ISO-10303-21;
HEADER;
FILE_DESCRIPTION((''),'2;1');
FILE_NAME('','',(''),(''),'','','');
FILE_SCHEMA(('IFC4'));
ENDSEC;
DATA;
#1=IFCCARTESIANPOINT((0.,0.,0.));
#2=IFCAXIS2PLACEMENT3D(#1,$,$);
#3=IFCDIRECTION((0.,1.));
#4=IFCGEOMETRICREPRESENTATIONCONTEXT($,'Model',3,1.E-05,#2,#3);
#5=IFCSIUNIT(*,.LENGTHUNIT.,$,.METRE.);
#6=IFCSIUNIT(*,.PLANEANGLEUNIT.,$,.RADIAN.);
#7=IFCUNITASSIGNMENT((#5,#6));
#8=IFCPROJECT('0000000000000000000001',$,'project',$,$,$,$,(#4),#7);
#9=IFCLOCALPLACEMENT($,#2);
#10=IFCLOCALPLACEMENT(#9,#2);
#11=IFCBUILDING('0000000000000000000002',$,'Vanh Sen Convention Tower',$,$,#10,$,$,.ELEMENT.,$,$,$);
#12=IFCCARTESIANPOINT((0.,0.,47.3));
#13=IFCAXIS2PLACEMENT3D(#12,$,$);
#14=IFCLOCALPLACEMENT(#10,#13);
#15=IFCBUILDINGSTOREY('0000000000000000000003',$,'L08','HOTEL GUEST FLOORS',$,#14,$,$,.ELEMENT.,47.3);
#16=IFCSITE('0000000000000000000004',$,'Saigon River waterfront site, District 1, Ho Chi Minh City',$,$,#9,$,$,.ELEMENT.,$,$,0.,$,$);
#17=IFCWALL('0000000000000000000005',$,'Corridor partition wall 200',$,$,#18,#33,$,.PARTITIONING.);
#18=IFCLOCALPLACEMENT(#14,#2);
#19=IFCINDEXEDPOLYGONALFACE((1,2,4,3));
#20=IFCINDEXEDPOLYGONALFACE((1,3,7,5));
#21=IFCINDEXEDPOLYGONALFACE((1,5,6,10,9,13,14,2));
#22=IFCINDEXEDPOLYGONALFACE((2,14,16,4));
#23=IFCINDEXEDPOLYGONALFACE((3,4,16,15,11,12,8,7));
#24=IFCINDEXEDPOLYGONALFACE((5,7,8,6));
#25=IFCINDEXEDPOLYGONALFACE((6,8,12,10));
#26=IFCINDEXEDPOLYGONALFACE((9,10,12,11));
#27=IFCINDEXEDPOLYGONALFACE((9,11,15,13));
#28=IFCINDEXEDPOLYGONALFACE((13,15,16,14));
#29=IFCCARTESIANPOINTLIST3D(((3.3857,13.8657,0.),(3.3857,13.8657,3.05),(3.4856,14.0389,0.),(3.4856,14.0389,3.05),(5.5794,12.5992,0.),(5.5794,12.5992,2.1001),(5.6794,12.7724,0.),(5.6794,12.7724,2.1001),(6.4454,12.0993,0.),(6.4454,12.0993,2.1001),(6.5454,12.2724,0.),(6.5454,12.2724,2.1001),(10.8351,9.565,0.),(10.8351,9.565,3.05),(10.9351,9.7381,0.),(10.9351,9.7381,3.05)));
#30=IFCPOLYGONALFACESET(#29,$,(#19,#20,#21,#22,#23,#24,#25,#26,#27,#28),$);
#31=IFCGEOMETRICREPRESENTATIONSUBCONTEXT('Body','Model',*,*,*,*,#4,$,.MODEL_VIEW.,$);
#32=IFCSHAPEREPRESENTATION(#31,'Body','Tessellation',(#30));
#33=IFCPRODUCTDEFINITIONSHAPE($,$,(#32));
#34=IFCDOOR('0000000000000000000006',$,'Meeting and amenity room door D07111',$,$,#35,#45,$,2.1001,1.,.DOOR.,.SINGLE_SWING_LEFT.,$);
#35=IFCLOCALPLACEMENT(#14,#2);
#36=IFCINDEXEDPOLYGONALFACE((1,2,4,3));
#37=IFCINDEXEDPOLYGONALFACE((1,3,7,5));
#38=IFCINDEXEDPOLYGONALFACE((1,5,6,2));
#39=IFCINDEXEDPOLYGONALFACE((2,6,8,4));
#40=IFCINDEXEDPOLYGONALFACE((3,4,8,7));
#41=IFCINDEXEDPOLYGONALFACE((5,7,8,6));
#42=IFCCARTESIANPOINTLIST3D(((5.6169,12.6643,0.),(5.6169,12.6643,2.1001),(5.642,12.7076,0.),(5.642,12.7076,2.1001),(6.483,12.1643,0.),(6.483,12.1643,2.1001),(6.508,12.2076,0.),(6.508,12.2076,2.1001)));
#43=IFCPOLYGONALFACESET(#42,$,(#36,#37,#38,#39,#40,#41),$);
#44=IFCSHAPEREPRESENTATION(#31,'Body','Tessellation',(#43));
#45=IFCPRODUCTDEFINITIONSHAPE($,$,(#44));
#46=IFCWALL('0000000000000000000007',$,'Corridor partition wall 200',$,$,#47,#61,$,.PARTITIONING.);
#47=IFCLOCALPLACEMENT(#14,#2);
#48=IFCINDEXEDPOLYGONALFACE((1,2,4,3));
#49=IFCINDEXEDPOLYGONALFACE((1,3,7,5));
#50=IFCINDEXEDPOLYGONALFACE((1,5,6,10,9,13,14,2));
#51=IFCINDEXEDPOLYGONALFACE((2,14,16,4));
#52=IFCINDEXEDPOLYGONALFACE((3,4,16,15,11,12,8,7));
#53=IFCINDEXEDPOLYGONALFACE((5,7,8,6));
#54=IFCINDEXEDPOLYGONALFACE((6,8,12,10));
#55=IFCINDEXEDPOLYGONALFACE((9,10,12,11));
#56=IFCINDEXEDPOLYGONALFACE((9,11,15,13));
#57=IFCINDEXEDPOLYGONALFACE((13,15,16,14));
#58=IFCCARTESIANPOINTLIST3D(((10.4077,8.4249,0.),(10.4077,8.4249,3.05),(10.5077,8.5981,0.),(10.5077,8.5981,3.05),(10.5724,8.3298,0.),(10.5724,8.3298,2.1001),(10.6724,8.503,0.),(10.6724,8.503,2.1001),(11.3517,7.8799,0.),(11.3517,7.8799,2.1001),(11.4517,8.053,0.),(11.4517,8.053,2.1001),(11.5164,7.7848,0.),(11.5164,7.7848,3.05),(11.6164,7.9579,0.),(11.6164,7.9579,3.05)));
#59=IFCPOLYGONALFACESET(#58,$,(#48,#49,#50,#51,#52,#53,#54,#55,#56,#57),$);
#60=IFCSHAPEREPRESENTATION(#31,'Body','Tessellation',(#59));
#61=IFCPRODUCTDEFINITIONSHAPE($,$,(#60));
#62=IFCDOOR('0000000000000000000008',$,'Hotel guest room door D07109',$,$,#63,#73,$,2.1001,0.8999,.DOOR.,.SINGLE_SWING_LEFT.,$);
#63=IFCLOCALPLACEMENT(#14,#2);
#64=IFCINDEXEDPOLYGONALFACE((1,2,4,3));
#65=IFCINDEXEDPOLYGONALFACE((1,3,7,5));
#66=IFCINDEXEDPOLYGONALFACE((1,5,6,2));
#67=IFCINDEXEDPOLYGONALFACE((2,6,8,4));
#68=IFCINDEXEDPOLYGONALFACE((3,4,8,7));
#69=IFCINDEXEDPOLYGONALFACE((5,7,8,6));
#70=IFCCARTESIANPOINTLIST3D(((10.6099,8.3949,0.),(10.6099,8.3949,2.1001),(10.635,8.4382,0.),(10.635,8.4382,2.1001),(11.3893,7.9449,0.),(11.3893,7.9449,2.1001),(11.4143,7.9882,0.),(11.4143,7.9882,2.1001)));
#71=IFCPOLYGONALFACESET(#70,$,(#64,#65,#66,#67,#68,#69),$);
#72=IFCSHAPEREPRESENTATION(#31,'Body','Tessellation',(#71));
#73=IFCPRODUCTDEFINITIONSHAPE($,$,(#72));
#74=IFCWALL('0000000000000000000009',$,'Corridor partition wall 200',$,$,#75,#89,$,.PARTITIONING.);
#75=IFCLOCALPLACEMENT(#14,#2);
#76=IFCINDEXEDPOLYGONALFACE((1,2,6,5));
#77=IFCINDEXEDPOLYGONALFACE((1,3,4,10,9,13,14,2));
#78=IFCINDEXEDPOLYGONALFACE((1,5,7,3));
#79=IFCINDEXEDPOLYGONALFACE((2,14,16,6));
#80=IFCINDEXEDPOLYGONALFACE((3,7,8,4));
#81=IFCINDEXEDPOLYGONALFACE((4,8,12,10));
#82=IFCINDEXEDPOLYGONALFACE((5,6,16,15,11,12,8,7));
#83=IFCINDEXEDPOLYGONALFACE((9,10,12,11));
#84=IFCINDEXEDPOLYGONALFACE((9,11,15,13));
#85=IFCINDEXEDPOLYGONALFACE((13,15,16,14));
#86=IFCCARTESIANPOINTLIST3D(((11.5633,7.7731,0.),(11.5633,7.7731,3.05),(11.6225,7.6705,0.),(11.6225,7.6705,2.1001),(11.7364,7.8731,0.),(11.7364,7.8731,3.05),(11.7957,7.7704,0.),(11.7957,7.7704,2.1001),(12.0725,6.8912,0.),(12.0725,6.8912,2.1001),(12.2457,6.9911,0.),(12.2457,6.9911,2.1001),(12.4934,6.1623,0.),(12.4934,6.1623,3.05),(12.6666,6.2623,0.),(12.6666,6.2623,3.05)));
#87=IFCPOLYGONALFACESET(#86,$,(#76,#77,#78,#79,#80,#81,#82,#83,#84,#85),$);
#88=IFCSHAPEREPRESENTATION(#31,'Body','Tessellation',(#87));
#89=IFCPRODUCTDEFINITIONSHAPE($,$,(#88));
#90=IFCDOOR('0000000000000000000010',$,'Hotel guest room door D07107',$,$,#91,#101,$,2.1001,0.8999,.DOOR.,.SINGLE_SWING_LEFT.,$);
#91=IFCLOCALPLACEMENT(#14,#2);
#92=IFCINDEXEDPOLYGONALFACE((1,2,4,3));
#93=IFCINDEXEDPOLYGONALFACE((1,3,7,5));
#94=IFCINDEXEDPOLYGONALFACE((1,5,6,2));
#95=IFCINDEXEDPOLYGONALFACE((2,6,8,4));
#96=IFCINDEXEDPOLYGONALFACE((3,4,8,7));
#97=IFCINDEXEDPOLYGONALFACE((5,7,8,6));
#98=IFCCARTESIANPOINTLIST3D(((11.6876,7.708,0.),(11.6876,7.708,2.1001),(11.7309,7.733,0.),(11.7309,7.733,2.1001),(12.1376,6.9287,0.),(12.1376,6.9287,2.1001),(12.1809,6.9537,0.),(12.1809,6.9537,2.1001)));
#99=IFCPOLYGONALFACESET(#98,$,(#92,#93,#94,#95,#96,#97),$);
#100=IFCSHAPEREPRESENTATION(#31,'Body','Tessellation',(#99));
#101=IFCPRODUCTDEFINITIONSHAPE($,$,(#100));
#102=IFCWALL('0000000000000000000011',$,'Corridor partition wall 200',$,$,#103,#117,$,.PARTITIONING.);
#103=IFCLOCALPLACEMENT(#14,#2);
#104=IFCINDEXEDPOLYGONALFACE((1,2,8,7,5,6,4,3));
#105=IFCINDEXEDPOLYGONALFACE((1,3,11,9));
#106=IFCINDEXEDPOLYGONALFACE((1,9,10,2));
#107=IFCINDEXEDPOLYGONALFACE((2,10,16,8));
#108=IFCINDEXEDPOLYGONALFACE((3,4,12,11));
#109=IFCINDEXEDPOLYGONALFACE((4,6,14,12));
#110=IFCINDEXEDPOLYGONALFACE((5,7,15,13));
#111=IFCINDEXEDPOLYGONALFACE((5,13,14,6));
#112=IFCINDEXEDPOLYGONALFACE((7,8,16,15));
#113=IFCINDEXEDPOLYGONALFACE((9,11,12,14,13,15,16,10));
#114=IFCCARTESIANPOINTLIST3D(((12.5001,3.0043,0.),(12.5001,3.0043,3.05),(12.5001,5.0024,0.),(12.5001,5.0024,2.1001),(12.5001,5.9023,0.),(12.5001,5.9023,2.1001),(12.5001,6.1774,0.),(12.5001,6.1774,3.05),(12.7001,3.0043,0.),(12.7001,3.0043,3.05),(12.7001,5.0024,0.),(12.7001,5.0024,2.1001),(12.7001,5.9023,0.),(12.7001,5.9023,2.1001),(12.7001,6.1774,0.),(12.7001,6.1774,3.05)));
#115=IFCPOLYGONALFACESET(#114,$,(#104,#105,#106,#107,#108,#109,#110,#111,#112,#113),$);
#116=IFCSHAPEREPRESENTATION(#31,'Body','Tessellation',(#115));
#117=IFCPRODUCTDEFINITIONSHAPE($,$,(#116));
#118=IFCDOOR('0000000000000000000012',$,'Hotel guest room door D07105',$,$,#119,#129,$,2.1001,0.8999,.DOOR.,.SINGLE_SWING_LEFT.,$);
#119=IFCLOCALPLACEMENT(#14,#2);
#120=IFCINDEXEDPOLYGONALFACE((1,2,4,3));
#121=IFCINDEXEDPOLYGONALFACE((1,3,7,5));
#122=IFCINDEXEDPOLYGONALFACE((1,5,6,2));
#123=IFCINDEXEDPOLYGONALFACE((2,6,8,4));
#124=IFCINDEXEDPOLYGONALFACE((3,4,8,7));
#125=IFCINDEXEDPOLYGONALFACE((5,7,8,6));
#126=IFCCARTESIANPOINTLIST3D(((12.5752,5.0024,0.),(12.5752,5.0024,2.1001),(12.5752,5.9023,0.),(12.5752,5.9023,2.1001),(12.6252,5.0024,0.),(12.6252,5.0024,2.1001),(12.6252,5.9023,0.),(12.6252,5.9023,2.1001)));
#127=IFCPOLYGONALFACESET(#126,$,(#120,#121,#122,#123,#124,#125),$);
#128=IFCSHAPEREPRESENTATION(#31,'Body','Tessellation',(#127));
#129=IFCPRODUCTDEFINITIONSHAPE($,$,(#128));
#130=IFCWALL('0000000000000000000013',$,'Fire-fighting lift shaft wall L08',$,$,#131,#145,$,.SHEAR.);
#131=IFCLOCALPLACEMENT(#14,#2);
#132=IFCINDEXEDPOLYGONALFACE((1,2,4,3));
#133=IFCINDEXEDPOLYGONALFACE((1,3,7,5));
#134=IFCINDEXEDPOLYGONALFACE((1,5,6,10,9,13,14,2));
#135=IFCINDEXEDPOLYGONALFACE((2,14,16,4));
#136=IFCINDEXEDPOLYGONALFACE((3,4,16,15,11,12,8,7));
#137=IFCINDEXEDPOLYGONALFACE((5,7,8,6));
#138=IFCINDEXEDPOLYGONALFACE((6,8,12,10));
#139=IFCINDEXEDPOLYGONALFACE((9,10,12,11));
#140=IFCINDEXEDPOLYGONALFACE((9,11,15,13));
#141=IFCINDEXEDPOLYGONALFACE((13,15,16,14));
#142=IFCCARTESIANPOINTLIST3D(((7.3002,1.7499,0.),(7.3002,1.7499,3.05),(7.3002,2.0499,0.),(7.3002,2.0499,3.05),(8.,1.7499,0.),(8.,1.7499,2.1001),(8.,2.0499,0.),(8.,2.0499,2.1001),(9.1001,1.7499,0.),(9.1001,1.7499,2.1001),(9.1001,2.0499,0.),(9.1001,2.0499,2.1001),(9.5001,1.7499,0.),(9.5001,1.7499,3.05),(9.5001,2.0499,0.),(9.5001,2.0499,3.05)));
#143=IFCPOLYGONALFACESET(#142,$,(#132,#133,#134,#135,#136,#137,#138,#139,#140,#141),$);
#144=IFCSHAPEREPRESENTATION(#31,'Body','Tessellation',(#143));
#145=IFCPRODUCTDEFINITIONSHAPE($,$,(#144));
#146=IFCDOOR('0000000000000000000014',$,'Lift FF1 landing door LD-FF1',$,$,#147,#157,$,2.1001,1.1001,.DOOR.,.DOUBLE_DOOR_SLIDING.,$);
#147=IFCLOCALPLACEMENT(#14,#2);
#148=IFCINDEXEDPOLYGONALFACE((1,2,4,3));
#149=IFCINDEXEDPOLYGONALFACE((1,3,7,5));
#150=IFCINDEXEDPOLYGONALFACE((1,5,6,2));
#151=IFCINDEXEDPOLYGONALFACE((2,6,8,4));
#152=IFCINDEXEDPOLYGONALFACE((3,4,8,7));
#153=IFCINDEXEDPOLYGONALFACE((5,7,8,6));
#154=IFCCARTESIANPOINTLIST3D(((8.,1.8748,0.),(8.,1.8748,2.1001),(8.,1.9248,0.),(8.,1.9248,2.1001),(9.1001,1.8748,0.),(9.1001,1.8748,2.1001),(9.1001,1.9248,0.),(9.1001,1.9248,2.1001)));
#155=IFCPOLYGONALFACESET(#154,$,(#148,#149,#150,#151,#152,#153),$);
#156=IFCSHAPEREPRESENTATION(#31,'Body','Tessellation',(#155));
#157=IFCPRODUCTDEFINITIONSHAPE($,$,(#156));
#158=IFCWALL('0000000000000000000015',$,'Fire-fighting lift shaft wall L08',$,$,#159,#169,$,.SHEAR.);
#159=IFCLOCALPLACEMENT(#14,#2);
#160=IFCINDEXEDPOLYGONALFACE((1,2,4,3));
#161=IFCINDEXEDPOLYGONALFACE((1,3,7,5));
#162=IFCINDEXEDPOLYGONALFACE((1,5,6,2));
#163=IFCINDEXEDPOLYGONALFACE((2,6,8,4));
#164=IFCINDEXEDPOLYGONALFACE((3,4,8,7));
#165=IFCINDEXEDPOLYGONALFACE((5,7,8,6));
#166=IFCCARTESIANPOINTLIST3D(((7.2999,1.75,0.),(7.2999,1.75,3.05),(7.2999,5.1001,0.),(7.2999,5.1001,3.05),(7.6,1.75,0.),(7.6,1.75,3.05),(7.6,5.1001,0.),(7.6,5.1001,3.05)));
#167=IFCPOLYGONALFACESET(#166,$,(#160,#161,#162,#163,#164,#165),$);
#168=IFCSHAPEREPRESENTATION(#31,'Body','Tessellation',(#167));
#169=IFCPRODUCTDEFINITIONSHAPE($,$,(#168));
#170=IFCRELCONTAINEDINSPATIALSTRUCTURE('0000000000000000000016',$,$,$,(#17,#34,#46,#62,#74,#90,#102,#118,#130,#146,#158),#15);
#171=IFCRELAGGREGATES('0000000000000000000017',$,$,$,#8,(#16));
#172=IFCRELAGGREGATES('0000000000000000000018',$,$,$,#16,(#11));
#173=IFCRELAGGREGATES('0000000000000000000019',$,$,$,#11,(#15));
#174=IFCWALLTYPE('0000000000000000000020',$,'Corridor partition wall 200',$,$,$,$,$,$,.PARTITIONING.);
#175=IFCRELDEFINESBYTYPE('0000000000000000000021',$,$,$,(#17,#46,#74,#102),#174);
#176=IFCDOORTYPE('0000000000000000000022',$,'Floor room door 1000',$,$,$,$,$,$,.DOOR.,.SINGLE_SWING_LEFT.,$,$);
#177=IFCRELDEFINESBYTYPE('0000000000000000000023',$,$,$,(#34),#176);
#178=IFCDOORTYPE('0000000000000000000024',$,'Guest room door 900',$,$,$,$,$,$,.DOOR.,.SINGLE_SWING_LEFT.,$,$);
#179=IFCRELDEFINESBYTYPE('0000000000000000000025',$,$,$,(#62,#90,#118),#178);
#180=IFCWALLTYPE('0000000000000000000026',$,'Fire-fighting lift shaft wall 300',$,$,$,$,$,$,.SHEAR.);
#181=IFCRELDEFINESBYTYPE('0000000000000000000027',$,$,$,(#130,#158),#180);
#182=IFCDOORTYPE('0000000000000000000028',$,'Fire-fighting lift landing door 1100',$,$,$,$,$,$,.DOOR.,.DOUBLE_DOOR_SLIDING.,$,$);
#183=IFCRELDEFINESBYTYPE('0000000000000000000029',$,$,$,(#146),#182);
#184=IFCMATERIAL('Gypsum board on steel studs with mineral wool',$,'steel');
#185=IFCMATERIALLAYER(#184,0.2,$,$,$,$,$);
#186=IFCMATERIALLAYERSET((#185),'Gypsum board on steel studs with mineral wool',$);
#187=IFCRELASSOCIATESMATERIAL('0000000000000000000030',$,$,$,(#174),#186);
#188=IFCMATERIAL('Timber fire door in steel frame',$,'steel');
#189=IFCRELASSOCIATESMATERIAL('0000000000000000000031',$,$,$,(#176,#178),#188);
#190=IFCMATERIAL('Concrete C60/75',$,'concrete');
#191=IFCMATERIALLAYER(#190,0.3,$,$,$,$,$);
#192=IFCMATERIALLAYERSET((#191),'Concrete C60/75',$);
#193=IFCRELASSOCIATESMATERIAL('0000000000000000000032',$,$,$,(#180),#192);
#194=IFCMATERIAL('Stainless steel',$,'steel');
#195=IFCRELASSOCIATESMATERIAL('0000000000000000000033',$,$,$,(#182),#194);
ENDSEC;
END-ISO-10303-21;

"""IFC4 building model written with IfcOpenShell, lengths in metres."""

from ifc_helpers import new_model, si_unit, direction, frame, frame_2d, origin, place, context, subcontext, project, spatial, rectangle, extrude, material, layer, layer_set, type_object, element, fill, save


model = new_model("IFC4")

# Units and contexts
model_context = context("Model", 3, precision=1e-05, world=origin(), true_north=direction((0.0, 1.0)))
body_context = subcontext(model_context, "Body", "Model", "MODEL_VIEW")
ifc_project = project(units=[si_unit("LENGTHUNIT", "METRE"), si_unit("PLANEANGLEUNIT", "RADIAN")], contexts=[model_context])

# Site, building, storey
site_placement = place(None, origin())
site = spatial("IfcSite", under=ifc_project, at=site_placement, Name="Saigon River waterfront site, District 1, Ho Chi Minh City", CompositionType="ELEMENT", RefElevation=0.0)
building_placement = place(site_placement, origin())
building = spatial("IfcBuilding", under=site, at=building_placement, Name="Vanh Sen Convention Tower", CompositionType="ELEMENT")
storey_placement = place(building_placement, frame((0.0, 0.0, 47.3)))
storey = spatial("IfcBuildingStorey", under=building, at=storey_placement, Name="L08", Description="HOTEL GUEST FLOORS", CompositionType="ELEMENT", Elevation=47.3)

# Shared definitions
ifc_material_1 = material(Name="Stainless steel", Category="steel")

# Shared definitions
ifc_material_2 = material(Name="Gypsum board on steel studs with mineral wool", Category="steel")
ifc_layer_1 = layer(ifc_material_2, 0.2)
ifc_layer_set_1 = layer_set([ifc_layer_1], Name="Gypsum board on steel studs with mineral wool")
wall_type_1 = type_object("IfcWallType", Name="Corridor partition wall 200", PredefinedType="PARTITIONING", material=ifc_layer_set_1)

# Walls, openings, doors
wall_1_placement = place(storey_placement, frame((10.885, 9.6516, 0.0), z_axis=(0.0, 0.0, 1.0), x_axis=(-0.866034, 0.499985, 0.0)))
wall_1 = element("IfcWall", 1, at=wall_1_placement, inside=storey, type_object=wall_type_1, Name="Corridor partition wall 200", PredefinedType="PARTITIONING", context=body_context, shape_type="SweptSolid", body=[
    extrude(rectangle(XDim=8.6018, YDim=0.2, at=frame_2d((4.3008, 0.0))), origin(), (0.0, 0.0, 1.0), 3.05),
])
opening_1_placement = place(wall_1_placement, frame((5.0686, 0.0, 0.0)))
opening_1 = element("IfcOpeningElement", 2, at=opening_1_placement, cuts=wall_1, PredefinedType="OPENING", context=body_context, shape_type="SweptSolid", body=[
    extrude(rectangle(XDim=1.0, YDim=2.1001, at=frame_2d((0.5, 1.05))), frame((0.0, 0.1099, 0.0), z_axis=(0.0, -1.0, 0.0), x_axis=(1.0, 0.0, 0.0)), (0.0, 0.0, 1.0), 0.22),
])
ifc_material_3 = material(Name="Timber fire door in steel frame", Category="steel")
door_type_1 = type_object("IfcDoorType", Name="Floor room door 1000", OperationType="SINGLE_SWING_LEFT", PredefinedType="DOOR", material=ifc_material_3)
door_1_placement = place(opening_1_placement, origin())
door_1 = element("IfcDoor", 3, at=door_1_placement, inside=storey, type_object=door_type_1, Name="Meeting and amenity room door D07111", OperationType="SINGLE_SWING_LEFT", OverallHeight=2.1001, OverallWidth=1.0, PredefinedType="DOOR", context=body_context, shape_type="SweptSolid", body=[
    extrude(rectangle(XDim=1.0, YDim=2.1001, at=frame_2d((0.5, 1.05))), frame((0.0, 0.0249, 0.0), z_axis=(0.0, -1.0, 0.0), x_axis=(1.0, 0.0, 0.0)), (0.0, 0.0, 1.0), 0.05),
])
fill(opening_1, door_1)
wall_2_placement = place(storey_placement, frame((11.5664, 7.8713, 0.0), z_axis=(0.0, 0.0, 1.0), x_axis=(-0.866005, 0.500036, 0.0)))
wall_2 = element("IfcWall", 4, at=wall_2_placement, inside=storey, type_object=wall_type_1, Name="Corridor partition wall 200", PredefinedType="PARTITIONING", context=body_context, shape_type="SweptSolid", body=[
    extrude(rectangle(XDim=1.2803, YDim=0.2, at=frame_2d((0.6401, 0.0))), origin(), (0.0, 0.0, 1.0), 3.05),
])
opening_2_placement = place(wall_2_placement, frame((0.1902, 0.0, 0.0)))
opening_2 = element("IfcOpeningElement", 5, at=opening_2_placement, cuts=wall_2, PredefinedType="OPENING", context=body_context, shape_type="SweptSolid", body=[
    extrude(rectangle(XDim=0.8999, YDim=2.1001, at=frame_2d((0.45, 1.05))), frame((0.0, 0.1099, 0.0), z_axis=(0.0, -1.0, 0.0), x_axis=(1.0, 0.0, 0.0)), (0.0, 0.0, 1.0), 0.22),
])
door_type_2 = type_object("IfcDoorType", Name="Guest room door 900", OperationType="SINGLE_SWING_LEFT", PredefinedType="DOOR", material=ifc_material_3)
door_2_placement = place(opening_2_placement, origin())
door_2 = element("IfcDoor", 6, at=door_2_placement, inside=storey, type_object=door_type_2, Name="Hotel guest room door D07109", OperationType="SINGLE_SWING_LEFT", OverallHeight=2.1001, OverallWidth=0.8999, PredefinedType="DOOR", context=body_context, shape_type="SweptSolid", body=[
    extrude(rectangle(XDim=0.8999, YDim=2.1001, at=frame_2d((0.45, 1.05))), frame((0.0, 0.0249, 0.0), z_axis=(0.0, -1.0, 0.0), x_axis=(1.0, 0.0, 0.0)), (0.0, 0.0, 1.0), 0.05),
])
fill(opening_2, door_2)
wall_3_placement = place(storey_placement, frame((12.5801, 6.2122, 0.0), z_axis=(0.0, 0.0, 1.0), x_axis=(-0.500063, 0.865989, 0.0)))
wall_3 = element("IfcWall", 7, at=wall_3_placement, inside=storey, type_object=wall_type_1, Name="Corridor partition wall 200", PredefinedType="PARTITIONING", context=body_context, shape_type="SweptSolid", body=[
    extrude(rectangle(XDim=1.8601, YDim=0.2, at=frame_2d((0.9302, 0.0))), origin(), (0.0, 0.0, 1.0), 3.05),
])
opening_3_placement = place(wall_3_placement, frame((0.8418, 0.0, 0.0)))
opening_3 = element("IfcOpeningElement", 8, at=opening_3_placement, cuts=wall_3, PredefinedType="OPENING", context=body_context, shape_type="SweptSolid", body=[
    extrude(rectangle(XDim=0.8999, YDim=2.1001, at=frame_2d((0.45, 1.05))), frame((0.0, 0.1099, 0.0), z_axis=(0.0, -1.0, 0.0), x_axis=(1.0, 0.0, 0.0)), (0.0, 0.0, 1.0), 0.22),
])
door_3_placement = place(opening_3_placement, origin())
door_3 = element("IfcDoor", 9, at=door_3_placement, inside=storey, type_object=door_type_2, Name="Hotel guest room door D07107", OperationType="SINGLE_SWING_LEFT", OverallHeight=2.1001, OverallWidth=0.8999, PredefinedType="DOOR", context=body_context, shape_type="SweptSolid", body=[
    extrude(rectangle(XDim=0.8999, YDim=2.1001, at=frame_2d((0.45, 1.05))), frame((0.0, 0.0249, 0.0), z_axis=(0.0, -1.0, 0.0), x_axis=(1.0, 0.0, 0.0)), (0.0, 0.0, 1.0), 0.05),
])
fill(opening_3, door_3)
wall_4_placement = place(storey_placement, frame((12.6001, 3.0044, 0.0), z_axis=(0.0, 0.0, 1.0), x_axis=(0.0, 1.0, 0.0)))
wall_4 = element("IfcWall", 10, at=wall_4_placement, inside=storey, type_object=wall_type_1, Name="Corridor partition wall 200", PredefinedType="PARTITIONING", context=body_context, shape_type="SweptSolid", body=[
    extrude(rectangle(XDim=3.1731, YDim=0.2, at=frame_2d((1.5864, 0.0))), origin(), (0.0, 0.0, 1.0), 3.05),
])
opening_4_placement = place(wall_4_placement, frame((1.998, 0.0, 0.0)))
opening_4 = element("IfcOpeningElement", 11, at=opening_4_placement, cuts=wall_4, PredefinedType="OPENING", context=body_context, shape_type="SweptSolid", body=[
    extrude(rectangle(XDim=0.8999, YDim=2.1001, at=frame_2d((0.45, 1.05))), frame((0.0, 0.1099, 0.0), z_axis=(0.0, -1.0, 0.0), x_axis=(1.0, 0.0, 0.0)), (0.0, 0.0, 1.0), 0.22),
])
door_4_placement = place(opening_4_placement, origin())
door_4 = element("IfcDoor", 12, at=door_4_placement, inside=storey, type_object=door_type_2, Name="Hotel guest room door D07105", OperationType="SINGLE_SWING_LEFT", OverallHeight=2.1001, OverallWidth=0.8999, PredefinedType="DOOR", context=body_context, shape_type="SweptSolid", body=[
    extrude(rectangle(XDim=0.8999, YDim=2.1001, at=frame_2d((0.45, 1.05))), frame((0.0, 0.0249, 0.0), z_axis=(0.0, -1.0, 0.0), x_axis=(1.0, 0.0, 0.0)), (0.0, 0.0, 1.0), 0.05),
])
fill(opening_4, door_4)
ifc_material_4 = material(Name="Concrete C60/75", Category="concrete")
ifc_layer_2 = layer(ifc_material_4, 0.3)
ifc_layer_set_2 = layer_set([ifc_layer_2], Name="Concrete C60/75")
wall_type_2 = type_object("IfcWallType", Name="Fire-fighting lift shaft wall 300", PredefinedType="SHEAR", material=ifc_layer_set_2)
wall_5_placement = place(storey_placement, frame((7.3, 1.8999, 0.0), z_axis=(0.0, 0.0, 1.0), x_axis=(1.0, 0.0, 0.0)))
wall_5 = element("IfcWall", 13, at=wall_5_placement, inside=storey, type_object=wall_type_2, Name="Fire-fighting lift shaft wall L08", PredefinedType="SHEAR", context=body_context, shape_type="SweptSolid", body=[
    extrude(rectangle(XDim=2.2, YDim=0.3, at=frame_2d((1.1001, 0.0))), origin(), (0.0, 0.0, 1.0), 3.05),
])
opening_5_placement = place(wall_5_placement, frame((0.7, 0.0, 0.0)))
opening_5 = element("IfcOpeningElement", 14, at=opening_5_placement, cuts=wall_5, PredefinedType="OPENING", context=body_context, shape_type="SweptSolid", body=[
    extrude(rectangle(XDim=1.1001, YDim=2.1001, at=frame_2d((0.55, 1.05))), frame((0.0, 0.1599, 0.0), z_axis=(0.0, -1.0, 0.0), x_axis=(1.0, 0.0, 0.0)), (0.0, 0.0, 1.0), 0.3201),
])
door_type_3 = type_object("IfcDoorType", Name="Fire-fighting lift landing door 1100", OperationType="DOUBLE_DOOR_SLIDING", PredefinedType="DOOR", material=ifc_material_1)
door_5_placement = place(opening_5_placement, origin())
door_5 = element("IfcDoor", 15, at=door_5_placement, inside=storey, type_object=door_type_3, Name="Lift FF1 landing door LD-FF1", OperationType="DOUBLE_DOOR_SLIDING", OverallHeight=2.1001, OverallWidth=1.1001, PredefinedType="DOOR", context=body_context, shape_type="SweptSolid", body=[
    extrude(rectangle(XDim=1.1001, YDim=2.1001, at=frame_2d((0.55, 1.05))), frame((0.0, 0.0249, 0.0), z_axis=(0.0, -1.0, 0.0), x_axis=(1.0, 0.0, 0.0)), (0.0, 0.0, 1.0), 0.05),
])
fill(opening_5, door_5)

# Wall
wall_6_placement = place(storey_placement, frame((7.45, 1.75, 0.0), z_axis=(0.0, 0.0, 1.0), x_axis=(0.0, 1.0, 0.0)))
element("IfcWall", 16, at=wall_6_placement, inside=storey, type_object=wall_type_2, Name="Fire-fighting lift shaft wall L08", PredefinedType="SHEAR", context=body_context, shape_type="SweptSolid", body=[
    extrude(rectangle(XDim=3.3501, YDim=0.3, at=frame_2d((1.675, 0.0))), origin(), (0.0, 0.0, 1.0), 3.05),
])

save(model, "model.ifc")
